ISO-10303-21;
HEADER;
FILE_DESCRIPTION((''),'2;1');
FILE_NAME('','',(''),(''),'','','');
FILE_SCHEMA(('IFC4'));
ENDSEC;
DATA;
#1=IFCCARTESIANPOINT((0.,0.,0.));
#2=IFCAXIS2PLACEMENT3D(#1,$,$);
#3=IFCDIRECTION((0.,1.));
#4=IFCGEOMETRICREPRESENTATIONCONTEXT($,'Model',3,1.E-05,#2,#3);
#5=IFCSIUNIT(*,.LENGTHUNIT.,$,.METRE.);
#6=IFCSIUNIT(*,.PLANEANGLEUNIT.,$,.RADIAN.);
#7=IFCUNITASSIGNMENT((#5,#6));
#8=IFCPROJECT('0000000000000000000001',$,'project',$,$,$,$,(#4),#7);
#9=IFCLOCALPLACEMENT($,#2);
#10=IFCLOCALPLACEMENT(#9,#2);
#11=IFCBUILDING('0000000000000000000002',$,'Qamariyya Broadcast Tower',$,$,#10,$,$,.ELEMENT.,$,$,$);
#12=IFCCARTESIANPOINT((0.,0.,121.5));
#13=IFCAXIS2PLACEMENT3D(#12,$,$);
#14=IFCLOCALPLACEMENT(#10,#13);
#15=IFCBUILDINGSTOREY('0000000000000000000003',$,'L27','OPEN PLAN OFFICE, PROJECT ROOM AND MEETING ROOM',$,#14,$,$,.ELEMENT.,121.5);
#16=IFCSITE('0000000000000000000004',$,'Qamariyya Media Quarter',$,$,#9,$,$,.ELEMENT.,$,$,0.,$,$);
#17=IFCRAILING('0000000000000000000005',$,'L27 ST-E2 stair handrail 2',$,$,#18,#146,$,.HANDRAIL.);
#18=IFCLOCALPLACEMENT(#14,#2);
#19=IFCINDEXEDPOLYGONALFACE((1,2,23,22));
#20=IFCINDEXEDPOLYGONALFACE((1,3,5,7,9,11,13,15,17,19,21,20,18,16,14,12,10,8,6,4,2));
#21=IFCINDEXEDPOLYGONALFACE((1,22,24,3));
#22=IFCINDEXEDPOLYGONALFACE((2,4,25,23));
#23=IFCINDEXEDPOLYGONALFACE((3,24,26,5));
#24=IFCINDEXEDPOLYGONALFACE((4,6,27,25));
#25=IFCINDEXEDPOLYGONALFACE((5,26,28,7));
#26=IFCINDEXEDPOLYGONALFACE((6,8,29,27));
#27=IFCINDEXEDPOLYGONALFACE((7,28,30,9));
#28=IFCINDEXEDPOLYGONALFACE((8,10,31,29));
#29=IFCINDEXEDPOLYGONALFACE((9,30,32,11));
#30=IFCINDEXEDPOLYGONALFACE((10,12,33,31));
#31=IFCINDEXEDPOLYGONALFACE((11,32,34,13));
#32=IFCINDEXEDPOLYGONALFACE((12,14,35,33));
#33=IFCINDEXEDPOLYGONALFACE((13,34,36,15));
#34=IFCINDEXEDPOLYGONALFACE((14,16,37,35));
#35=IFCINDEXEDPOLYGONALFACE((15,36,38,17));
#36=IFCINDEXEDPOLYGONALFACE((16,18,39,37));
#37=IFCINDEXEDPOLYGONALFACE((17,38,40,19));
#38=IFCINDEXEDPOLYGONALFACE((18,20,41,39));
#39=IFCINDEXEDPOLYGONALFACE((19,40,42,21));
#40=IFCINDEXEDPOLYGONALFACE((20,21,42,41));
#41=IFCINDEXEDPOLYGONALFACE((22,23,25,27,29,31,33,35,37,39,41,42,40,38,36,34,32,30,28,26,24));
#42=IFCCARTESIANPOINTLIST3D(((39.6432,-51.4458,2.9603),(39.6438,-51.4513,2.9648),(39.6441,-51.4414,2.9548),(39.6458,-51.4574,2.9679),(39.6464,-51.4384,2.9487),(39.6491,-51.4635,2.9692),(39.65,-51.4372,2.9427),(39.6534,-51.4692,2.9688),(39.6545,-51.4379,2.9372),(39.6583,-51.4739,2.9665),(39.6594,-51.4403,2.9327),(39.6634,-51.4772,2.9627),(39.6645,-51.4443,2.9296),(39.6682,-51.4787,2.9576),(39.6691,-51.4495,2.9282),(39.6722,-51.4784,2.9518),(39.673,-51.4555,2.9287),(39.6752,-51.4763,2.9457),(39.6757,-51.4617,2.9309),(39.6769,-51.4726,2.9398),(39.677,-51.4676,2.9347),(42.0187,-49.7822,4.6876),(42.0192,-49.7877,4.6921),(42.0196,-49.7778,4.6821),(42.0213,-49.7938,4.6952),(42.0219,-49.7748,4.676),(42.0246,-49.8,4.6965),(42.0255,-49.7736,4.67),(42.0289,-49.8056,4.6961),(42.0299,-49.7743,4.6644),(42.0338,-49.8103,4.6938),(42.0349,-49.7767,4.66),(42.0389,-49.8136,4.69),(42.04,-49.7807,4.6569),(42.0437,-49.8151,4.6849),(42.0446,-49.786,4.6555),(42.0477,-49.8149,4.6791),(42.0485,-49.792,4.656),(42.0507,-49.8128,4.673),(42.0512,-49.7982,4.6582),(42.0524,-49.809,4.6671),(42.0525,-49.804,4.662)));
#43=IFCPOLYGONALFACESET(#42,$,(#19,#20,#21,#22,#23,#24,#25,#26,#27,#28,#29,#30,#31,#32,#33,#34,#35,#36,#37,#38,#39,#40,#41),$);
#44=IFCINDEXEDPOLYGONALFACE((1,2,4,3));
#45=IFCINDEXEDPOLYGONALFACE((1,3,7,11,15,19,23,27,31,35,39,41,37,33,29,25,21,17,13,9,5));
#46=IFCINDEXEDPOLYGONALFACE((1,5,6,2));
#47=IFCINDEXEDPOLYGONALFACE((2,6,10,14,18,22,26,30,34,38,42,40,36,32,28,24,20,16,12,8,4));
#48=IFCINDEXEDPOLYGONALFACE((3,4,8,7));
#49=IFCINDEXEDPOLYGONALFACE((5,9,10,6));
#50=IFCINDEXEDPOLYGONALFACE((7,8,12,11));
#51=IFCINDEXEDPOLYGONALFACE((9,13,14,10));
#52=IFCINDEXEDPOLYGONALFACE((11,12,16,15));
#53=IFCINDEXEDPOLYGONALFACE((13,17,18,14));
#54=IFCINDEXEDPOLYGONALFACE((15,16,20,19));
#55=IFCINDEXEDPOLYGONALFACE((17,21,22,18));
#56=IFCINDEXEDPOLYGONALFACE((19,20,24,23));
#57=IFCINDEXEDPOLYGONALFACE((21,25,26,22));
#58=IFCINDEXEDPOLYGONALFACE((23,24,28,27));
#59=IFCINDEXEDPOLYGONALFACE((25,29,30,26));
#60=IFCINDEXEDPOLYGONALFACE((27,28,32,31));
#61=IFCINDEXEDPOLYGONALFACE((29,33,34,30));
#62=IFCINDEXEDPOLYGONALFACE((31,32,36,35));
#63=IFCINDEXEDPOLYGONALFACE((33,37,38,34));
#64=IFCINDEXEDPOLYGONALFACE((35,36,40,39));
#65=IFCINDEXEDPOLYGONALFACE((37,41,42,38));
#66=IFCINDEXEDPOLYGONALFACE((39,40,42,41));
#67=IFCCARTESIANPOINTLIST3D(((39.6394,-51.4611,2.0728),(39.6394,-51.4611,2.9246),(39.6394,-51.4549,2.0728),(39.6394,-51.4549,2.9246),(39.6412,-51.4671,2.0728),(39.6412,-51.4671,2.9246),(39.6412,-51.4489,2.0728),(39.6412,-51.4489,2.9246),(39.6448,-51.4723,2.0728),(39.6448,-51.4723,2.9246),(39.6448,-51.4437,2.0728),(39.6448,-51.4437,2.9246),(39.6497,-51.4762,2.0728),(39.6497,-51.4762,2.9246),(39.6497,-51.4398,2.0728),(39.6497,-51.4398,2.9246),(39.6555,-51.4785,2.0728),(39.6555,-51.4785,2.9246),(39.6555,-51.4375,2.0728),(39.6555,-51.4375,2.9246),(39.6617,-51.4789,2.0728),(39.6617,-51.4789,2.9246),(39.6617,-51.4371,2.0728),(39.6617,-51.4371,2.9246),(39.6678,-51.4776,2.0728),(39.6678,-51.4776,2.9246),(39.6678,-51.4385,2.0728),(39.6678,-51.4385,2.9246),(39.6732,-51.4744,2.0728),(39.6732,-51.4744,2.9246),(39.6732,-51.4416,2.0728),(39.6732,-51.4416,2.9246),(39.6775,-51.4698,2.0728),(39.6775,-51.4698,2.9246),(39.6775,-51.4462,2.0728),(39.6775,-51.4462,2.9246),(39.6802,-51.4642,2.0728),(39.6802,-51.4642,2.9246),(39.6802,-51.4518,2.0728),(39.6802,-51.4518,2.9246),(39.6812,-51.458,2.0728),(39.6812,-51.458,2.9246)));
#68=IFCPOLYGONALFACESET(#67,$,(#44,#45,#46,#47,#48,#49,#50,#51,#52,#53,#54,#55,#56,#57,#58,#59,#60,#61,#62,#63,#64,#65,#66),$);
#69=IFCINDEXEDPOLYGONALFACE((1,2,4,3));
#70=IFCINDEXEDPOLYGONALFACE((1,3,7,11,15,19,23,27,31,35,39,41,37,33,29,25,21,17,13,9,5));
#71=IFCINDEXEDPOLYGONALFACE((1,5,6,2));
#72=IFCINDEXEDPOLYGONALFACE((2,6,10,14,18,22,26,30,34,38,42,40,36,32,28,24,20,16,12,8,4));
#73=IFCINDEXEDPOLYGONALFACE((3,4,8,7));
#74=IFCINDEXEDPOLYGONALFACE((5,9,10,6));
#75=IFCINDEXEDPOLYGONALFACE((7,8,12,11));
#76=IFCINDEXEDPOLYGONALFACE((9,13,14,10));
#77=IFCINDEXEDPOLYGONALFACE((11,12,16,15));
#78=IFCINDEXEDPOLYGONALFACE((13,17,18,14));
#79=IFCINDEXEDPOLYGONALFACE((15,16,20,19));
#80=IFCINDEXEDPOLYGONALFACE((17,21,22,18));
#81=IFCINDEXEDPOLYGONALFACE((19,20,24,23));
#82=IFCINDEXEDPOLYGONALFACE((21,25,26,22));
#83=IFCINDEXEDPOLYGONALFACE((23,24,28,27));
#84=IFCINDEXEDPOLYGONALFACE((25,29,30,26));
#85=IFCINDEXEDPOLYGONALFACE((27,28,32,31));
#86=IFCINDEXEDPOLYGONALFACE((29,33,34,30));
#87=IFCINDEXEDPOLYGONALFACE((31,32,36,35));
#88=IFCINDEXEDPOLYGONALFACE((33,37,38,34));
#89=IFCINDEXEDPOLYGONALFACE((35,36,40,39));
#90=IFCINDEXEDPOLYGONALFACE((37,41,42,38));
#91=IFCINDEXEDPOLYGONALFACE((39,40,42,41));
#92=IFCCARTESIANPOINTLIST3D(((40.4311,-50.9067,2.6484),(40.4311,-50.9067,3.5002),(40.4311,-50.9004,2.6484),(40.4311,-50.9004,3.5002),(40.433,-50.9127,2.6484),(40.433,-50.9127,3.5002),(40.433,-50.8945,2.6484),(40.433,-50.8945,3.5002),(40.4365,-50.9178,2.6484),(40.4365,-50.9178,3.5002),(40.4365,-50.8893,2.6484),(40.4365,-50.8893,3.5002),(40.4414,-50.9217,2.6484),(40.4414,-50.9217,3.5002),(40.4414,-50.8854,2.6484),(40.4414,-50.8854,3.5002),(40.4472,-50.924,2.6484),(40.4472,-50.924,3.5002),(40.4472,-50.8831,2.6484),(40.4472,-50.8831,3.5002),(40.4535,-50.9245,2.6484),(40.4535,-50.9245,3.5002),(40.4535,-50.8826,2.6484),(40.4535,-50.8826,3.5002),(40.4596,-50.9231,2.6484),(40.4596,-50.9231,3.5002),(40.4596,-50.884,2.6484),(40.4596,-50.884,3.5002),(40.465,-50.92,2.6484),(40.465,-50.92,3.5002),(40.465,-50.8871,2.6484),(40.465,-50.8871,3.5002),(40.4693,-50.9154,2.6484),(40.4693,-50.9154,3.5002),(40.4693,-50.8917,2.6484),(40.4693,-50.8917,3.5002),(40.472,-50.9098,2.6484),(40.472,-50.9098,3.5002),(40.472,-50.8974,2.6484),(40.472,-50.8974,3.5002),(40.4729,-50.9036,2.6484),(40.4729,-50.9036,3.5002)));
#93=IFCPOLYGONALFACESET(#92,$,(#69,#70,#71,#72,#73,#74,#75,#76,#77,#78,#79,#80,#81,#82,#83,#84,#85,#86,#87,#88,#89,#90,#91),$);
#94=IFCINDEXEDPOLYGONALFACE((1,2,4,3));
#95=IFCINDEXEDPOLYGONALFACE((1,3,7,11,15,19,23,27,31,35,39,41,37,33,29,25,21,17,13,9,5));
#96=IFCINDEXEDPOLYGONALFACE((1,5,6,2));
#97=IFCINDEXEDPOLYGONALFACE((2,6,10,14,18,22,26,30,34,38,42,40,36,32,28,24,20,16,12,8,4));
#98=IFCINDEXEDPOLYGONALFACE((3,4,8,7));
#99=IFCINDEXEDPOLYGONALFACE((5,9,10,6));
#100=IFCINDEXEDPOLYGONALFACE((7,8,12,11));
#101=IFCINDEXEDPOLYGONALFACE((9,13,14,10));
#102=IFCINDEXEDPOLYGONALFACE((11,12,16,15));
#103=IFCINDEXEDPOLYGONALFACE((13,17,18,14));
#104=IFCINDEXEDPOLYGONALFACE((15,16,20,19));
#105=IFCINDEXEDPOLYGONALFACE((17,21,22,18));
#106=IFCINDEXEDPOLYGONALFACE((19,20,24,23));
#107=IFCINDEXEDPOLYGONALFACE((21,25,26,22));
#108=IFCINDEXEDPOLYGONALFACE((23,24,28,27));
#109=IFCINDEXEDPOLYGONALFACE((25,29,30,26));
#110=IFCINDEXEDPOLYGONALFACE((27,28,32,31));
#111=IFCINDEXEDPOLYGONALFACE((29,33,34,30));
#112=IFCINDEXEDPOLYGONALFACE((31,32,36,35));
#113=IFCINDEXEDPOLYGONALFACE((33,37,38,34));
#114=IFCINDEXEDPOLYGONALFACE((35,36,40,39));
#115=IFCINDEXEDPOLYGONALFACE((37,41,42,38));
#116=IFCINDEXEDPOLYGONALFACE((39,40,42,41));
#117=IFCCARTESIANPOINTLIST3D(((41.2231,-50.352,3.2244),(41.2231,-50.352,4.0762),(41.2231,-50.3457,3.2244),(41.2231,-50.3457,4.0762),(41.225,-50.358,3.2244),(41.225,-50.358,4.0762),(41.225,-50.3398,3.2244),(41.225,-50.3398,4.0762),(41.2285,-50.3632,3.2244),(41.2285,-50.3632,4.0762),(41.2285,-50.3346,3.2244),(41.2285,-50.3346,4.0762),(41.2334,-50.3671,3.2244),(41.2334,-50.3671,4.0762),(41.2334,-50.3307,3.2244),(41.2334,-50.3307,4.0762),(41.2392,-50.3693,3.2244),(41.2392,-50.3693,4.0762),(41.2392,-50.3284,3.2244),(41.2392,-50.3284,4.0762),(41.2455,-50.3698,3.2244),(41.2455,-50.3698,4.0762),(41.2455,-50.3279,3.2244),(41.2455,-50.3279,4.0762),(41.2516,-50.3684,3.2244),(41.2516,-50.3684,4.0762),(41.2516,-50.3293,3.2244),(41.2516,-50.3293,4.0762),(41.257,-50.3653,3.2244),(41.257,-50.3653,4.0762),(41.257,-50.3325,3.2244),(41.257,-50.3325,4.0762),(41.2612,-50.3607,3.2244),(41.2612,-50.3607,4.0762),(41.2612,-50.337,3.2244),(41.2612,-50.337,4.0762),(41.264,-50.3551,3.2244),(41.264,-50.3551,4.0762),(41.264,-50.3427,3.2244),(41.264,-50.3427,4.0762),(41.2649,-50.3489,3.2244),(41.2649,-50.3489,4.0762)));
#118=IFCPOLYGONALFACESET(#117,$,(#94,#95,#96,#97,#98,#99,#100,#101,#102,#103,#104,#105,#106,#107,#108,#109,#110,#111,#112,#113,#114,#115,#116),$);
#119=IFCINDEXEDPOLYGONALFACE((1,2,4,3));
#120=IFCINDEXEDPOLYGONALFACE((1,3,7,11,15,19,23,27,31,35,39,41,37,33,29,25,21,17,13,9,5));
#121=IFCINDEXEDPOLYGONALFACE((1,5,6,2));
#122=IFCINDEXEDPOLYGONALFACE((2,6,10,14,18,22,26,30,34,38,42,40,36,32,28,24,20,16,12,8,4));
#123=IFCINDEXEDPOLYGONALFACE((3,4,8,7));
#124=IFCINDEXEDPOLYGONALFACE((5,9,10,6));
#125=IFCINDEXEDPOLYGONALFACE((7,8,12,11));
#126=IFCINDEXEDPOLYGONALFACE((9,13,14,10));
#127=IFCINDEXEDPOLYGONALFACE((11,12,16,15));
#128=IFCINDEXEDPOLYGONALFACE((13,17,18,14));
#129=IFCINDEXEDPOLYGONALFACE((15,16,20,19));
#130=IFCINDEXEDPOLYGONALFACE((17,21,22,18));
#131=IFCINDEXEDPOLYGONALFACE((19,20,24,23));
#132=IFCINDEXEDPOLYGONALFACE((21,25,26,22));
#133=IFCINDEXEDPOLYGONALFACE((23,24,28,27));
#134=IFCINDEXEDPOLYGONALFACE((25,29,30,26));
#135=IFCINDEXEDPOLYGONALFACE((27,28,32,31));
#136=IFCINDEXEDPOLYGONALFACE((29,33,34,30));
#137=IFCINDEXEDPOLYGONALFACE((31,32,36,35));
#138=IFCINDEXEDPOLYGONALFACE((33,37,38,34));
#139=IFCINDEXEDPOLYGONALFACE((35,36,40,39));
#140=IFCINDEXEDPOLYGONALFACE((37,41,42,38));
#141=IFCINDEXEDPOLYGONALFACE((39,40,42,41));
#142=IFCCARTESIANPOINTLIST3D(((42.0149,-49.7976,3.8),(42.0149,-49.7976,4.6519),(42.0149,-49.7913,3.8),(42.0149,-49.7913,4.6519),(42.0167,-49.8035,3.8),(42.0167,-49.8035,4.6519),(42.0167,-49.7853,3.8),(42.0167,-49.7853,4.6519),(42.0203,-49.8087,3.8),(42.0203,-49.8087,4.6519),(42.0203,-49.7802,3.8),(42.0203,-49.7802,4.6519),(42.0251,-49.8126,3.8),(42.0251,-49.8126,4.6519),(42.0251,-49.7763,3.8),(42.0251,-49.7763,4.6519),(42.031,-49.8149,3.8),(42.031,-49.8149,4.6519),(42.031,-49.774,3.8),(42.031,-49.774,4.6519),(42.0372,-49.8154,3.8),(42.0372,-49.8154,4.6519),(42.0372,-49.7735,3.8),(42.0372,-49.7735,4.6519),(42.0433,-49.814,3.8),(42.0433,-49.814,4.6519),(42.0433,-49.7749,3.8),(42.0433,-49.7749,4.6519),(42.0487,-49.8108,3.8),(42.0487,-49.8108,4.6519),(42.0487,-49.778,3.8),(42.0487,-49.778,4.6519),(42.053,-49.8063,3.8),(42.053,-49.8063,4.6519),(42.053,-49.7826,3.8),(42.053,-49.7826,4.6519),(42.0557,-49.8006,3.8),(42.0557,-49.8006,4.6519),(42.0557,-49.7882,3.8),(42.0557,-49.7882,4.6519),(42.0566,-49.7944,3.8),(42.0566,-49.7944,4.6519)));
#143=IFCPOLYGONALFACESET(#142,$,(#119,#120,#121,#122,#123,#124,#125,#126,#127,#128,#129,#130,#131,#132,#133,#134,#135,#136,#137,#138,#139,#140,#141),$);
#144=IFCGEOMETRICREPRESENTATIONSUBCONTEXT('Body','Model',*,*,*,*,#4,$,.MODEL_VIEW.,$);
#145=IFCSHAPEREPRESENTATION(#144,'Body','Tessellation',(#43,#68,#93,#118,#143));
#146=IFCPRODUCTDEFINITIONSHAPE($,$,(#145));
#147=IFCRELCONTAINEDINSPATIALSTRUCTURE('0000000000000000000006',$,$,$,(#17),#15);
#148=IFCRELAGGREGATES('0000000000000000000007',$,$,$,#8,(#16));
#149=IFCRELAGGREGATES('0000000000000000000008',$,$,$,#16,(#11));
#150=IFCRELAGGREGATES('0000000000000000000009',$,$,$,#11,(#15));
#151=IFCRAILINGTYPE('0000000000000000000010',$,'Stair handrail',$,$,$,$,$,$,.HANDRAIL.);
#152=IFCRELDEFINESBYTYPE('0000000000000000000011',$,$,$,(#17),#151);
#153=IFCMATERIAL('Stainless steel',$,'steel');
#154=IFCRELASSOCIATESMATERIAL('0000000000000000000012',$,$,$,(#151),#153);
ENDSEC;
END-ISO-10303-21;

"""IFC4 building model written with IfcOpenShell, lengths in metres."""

from ifc_helpers import new_model, si_unit, direction, frame, origin, origin_2d, place, context, subcontext, project, spatial, circle, extrude, material, type_object, element, save


model = new_model("IFC4")

# Units and contexts
model_context = context("Model", 3, precision=1e-05, world=origin(), true_north=direction((0.0, 1.0)))
body_context = subcontext(model_context, "Body", "Model", "MODEL_VIEW")
ifc_project = project(units=[si_unit("LENGTHUNIT", "METRE"), si_unit("PLANEANGLEUNIT", "RADIAN")], contexts=[model_context])

# Site, building, storey
site_placement = place(None, origin())
site = spatial("IfcSite", under=ifc_project, at=site_placement, Name="Qamariyya Media Quarter", CompositionType="ELEMENT", RefElevation=0.0)
building_placement = place(site_placement, origin())
building = spatial("IfcBuilding", under=site, at=building_placement, Name="Qamariyya Broadcast Tower", CompositionType="ELEMENT")
storey_placement = place(building_placement, frame((0.0, 0.0, 121.5)))
storey = spatial("IfcBuildingStorey", under=building, at=storey_placement, Name="L27", Description="OPEN PLAN OFFICE, PROJECT ROOM AND MEETING ROOM", CompositionType="ELEMENT", Elevation=121.5)

# Railing
ifc_material_1 = material(Name="Stainless steel", Category="steel")
railing_type_1 = type_object("IfcRailingType", Name="Stair handrail", PredefinedType="HANDRAIL", material=ifc_material_1)
railing_1_placement = place(storey_placement, frame((39.6602, -51.458, 2.0728)))
element("IfcRailing", 1, at=railing_1_placement, inside=storey, type_object=railing_type_1, Name="L27 ST-E2 stair handrail 2", PredefinedType="HANDRAIL", context=body_context, shape_type="SweptSolid", body=[
    extrude(circle(Radius=0.0239, at=origin_2d()), frame((0.0, 0.0, 0.876), z_axis=(0.703745, 0.492838, 0.511716), x_axis=(-0.573632, 0.819113, 0.0)), (0.0, 0.0, 1.0), 3.3755),
    extrude(circle(Radius=0.021, at=origin_2d()), origin(), (0.0, 0.0, 1.0), 0.8518),
    extrude(circle(Radius=0.021, at=origin_2d()), frame((0.7917, 0.5544, 0.5757)), (0.0, 0.0, 1.0), 0.8518),
    extrude(circle(Radius=0.021, at=origin_2d()), frame((1.5837, 1.1091, 1.1516)), (0.0, 0.0, 1.0), 0.8518),
    extrude(circle(Radius=0.021, at=origin_2d()), frame((2.3755, 1.6636, 1.7273)), (0.0, 0.0, 1.0), 0.8518),
])

save(model, "model.ifc")
